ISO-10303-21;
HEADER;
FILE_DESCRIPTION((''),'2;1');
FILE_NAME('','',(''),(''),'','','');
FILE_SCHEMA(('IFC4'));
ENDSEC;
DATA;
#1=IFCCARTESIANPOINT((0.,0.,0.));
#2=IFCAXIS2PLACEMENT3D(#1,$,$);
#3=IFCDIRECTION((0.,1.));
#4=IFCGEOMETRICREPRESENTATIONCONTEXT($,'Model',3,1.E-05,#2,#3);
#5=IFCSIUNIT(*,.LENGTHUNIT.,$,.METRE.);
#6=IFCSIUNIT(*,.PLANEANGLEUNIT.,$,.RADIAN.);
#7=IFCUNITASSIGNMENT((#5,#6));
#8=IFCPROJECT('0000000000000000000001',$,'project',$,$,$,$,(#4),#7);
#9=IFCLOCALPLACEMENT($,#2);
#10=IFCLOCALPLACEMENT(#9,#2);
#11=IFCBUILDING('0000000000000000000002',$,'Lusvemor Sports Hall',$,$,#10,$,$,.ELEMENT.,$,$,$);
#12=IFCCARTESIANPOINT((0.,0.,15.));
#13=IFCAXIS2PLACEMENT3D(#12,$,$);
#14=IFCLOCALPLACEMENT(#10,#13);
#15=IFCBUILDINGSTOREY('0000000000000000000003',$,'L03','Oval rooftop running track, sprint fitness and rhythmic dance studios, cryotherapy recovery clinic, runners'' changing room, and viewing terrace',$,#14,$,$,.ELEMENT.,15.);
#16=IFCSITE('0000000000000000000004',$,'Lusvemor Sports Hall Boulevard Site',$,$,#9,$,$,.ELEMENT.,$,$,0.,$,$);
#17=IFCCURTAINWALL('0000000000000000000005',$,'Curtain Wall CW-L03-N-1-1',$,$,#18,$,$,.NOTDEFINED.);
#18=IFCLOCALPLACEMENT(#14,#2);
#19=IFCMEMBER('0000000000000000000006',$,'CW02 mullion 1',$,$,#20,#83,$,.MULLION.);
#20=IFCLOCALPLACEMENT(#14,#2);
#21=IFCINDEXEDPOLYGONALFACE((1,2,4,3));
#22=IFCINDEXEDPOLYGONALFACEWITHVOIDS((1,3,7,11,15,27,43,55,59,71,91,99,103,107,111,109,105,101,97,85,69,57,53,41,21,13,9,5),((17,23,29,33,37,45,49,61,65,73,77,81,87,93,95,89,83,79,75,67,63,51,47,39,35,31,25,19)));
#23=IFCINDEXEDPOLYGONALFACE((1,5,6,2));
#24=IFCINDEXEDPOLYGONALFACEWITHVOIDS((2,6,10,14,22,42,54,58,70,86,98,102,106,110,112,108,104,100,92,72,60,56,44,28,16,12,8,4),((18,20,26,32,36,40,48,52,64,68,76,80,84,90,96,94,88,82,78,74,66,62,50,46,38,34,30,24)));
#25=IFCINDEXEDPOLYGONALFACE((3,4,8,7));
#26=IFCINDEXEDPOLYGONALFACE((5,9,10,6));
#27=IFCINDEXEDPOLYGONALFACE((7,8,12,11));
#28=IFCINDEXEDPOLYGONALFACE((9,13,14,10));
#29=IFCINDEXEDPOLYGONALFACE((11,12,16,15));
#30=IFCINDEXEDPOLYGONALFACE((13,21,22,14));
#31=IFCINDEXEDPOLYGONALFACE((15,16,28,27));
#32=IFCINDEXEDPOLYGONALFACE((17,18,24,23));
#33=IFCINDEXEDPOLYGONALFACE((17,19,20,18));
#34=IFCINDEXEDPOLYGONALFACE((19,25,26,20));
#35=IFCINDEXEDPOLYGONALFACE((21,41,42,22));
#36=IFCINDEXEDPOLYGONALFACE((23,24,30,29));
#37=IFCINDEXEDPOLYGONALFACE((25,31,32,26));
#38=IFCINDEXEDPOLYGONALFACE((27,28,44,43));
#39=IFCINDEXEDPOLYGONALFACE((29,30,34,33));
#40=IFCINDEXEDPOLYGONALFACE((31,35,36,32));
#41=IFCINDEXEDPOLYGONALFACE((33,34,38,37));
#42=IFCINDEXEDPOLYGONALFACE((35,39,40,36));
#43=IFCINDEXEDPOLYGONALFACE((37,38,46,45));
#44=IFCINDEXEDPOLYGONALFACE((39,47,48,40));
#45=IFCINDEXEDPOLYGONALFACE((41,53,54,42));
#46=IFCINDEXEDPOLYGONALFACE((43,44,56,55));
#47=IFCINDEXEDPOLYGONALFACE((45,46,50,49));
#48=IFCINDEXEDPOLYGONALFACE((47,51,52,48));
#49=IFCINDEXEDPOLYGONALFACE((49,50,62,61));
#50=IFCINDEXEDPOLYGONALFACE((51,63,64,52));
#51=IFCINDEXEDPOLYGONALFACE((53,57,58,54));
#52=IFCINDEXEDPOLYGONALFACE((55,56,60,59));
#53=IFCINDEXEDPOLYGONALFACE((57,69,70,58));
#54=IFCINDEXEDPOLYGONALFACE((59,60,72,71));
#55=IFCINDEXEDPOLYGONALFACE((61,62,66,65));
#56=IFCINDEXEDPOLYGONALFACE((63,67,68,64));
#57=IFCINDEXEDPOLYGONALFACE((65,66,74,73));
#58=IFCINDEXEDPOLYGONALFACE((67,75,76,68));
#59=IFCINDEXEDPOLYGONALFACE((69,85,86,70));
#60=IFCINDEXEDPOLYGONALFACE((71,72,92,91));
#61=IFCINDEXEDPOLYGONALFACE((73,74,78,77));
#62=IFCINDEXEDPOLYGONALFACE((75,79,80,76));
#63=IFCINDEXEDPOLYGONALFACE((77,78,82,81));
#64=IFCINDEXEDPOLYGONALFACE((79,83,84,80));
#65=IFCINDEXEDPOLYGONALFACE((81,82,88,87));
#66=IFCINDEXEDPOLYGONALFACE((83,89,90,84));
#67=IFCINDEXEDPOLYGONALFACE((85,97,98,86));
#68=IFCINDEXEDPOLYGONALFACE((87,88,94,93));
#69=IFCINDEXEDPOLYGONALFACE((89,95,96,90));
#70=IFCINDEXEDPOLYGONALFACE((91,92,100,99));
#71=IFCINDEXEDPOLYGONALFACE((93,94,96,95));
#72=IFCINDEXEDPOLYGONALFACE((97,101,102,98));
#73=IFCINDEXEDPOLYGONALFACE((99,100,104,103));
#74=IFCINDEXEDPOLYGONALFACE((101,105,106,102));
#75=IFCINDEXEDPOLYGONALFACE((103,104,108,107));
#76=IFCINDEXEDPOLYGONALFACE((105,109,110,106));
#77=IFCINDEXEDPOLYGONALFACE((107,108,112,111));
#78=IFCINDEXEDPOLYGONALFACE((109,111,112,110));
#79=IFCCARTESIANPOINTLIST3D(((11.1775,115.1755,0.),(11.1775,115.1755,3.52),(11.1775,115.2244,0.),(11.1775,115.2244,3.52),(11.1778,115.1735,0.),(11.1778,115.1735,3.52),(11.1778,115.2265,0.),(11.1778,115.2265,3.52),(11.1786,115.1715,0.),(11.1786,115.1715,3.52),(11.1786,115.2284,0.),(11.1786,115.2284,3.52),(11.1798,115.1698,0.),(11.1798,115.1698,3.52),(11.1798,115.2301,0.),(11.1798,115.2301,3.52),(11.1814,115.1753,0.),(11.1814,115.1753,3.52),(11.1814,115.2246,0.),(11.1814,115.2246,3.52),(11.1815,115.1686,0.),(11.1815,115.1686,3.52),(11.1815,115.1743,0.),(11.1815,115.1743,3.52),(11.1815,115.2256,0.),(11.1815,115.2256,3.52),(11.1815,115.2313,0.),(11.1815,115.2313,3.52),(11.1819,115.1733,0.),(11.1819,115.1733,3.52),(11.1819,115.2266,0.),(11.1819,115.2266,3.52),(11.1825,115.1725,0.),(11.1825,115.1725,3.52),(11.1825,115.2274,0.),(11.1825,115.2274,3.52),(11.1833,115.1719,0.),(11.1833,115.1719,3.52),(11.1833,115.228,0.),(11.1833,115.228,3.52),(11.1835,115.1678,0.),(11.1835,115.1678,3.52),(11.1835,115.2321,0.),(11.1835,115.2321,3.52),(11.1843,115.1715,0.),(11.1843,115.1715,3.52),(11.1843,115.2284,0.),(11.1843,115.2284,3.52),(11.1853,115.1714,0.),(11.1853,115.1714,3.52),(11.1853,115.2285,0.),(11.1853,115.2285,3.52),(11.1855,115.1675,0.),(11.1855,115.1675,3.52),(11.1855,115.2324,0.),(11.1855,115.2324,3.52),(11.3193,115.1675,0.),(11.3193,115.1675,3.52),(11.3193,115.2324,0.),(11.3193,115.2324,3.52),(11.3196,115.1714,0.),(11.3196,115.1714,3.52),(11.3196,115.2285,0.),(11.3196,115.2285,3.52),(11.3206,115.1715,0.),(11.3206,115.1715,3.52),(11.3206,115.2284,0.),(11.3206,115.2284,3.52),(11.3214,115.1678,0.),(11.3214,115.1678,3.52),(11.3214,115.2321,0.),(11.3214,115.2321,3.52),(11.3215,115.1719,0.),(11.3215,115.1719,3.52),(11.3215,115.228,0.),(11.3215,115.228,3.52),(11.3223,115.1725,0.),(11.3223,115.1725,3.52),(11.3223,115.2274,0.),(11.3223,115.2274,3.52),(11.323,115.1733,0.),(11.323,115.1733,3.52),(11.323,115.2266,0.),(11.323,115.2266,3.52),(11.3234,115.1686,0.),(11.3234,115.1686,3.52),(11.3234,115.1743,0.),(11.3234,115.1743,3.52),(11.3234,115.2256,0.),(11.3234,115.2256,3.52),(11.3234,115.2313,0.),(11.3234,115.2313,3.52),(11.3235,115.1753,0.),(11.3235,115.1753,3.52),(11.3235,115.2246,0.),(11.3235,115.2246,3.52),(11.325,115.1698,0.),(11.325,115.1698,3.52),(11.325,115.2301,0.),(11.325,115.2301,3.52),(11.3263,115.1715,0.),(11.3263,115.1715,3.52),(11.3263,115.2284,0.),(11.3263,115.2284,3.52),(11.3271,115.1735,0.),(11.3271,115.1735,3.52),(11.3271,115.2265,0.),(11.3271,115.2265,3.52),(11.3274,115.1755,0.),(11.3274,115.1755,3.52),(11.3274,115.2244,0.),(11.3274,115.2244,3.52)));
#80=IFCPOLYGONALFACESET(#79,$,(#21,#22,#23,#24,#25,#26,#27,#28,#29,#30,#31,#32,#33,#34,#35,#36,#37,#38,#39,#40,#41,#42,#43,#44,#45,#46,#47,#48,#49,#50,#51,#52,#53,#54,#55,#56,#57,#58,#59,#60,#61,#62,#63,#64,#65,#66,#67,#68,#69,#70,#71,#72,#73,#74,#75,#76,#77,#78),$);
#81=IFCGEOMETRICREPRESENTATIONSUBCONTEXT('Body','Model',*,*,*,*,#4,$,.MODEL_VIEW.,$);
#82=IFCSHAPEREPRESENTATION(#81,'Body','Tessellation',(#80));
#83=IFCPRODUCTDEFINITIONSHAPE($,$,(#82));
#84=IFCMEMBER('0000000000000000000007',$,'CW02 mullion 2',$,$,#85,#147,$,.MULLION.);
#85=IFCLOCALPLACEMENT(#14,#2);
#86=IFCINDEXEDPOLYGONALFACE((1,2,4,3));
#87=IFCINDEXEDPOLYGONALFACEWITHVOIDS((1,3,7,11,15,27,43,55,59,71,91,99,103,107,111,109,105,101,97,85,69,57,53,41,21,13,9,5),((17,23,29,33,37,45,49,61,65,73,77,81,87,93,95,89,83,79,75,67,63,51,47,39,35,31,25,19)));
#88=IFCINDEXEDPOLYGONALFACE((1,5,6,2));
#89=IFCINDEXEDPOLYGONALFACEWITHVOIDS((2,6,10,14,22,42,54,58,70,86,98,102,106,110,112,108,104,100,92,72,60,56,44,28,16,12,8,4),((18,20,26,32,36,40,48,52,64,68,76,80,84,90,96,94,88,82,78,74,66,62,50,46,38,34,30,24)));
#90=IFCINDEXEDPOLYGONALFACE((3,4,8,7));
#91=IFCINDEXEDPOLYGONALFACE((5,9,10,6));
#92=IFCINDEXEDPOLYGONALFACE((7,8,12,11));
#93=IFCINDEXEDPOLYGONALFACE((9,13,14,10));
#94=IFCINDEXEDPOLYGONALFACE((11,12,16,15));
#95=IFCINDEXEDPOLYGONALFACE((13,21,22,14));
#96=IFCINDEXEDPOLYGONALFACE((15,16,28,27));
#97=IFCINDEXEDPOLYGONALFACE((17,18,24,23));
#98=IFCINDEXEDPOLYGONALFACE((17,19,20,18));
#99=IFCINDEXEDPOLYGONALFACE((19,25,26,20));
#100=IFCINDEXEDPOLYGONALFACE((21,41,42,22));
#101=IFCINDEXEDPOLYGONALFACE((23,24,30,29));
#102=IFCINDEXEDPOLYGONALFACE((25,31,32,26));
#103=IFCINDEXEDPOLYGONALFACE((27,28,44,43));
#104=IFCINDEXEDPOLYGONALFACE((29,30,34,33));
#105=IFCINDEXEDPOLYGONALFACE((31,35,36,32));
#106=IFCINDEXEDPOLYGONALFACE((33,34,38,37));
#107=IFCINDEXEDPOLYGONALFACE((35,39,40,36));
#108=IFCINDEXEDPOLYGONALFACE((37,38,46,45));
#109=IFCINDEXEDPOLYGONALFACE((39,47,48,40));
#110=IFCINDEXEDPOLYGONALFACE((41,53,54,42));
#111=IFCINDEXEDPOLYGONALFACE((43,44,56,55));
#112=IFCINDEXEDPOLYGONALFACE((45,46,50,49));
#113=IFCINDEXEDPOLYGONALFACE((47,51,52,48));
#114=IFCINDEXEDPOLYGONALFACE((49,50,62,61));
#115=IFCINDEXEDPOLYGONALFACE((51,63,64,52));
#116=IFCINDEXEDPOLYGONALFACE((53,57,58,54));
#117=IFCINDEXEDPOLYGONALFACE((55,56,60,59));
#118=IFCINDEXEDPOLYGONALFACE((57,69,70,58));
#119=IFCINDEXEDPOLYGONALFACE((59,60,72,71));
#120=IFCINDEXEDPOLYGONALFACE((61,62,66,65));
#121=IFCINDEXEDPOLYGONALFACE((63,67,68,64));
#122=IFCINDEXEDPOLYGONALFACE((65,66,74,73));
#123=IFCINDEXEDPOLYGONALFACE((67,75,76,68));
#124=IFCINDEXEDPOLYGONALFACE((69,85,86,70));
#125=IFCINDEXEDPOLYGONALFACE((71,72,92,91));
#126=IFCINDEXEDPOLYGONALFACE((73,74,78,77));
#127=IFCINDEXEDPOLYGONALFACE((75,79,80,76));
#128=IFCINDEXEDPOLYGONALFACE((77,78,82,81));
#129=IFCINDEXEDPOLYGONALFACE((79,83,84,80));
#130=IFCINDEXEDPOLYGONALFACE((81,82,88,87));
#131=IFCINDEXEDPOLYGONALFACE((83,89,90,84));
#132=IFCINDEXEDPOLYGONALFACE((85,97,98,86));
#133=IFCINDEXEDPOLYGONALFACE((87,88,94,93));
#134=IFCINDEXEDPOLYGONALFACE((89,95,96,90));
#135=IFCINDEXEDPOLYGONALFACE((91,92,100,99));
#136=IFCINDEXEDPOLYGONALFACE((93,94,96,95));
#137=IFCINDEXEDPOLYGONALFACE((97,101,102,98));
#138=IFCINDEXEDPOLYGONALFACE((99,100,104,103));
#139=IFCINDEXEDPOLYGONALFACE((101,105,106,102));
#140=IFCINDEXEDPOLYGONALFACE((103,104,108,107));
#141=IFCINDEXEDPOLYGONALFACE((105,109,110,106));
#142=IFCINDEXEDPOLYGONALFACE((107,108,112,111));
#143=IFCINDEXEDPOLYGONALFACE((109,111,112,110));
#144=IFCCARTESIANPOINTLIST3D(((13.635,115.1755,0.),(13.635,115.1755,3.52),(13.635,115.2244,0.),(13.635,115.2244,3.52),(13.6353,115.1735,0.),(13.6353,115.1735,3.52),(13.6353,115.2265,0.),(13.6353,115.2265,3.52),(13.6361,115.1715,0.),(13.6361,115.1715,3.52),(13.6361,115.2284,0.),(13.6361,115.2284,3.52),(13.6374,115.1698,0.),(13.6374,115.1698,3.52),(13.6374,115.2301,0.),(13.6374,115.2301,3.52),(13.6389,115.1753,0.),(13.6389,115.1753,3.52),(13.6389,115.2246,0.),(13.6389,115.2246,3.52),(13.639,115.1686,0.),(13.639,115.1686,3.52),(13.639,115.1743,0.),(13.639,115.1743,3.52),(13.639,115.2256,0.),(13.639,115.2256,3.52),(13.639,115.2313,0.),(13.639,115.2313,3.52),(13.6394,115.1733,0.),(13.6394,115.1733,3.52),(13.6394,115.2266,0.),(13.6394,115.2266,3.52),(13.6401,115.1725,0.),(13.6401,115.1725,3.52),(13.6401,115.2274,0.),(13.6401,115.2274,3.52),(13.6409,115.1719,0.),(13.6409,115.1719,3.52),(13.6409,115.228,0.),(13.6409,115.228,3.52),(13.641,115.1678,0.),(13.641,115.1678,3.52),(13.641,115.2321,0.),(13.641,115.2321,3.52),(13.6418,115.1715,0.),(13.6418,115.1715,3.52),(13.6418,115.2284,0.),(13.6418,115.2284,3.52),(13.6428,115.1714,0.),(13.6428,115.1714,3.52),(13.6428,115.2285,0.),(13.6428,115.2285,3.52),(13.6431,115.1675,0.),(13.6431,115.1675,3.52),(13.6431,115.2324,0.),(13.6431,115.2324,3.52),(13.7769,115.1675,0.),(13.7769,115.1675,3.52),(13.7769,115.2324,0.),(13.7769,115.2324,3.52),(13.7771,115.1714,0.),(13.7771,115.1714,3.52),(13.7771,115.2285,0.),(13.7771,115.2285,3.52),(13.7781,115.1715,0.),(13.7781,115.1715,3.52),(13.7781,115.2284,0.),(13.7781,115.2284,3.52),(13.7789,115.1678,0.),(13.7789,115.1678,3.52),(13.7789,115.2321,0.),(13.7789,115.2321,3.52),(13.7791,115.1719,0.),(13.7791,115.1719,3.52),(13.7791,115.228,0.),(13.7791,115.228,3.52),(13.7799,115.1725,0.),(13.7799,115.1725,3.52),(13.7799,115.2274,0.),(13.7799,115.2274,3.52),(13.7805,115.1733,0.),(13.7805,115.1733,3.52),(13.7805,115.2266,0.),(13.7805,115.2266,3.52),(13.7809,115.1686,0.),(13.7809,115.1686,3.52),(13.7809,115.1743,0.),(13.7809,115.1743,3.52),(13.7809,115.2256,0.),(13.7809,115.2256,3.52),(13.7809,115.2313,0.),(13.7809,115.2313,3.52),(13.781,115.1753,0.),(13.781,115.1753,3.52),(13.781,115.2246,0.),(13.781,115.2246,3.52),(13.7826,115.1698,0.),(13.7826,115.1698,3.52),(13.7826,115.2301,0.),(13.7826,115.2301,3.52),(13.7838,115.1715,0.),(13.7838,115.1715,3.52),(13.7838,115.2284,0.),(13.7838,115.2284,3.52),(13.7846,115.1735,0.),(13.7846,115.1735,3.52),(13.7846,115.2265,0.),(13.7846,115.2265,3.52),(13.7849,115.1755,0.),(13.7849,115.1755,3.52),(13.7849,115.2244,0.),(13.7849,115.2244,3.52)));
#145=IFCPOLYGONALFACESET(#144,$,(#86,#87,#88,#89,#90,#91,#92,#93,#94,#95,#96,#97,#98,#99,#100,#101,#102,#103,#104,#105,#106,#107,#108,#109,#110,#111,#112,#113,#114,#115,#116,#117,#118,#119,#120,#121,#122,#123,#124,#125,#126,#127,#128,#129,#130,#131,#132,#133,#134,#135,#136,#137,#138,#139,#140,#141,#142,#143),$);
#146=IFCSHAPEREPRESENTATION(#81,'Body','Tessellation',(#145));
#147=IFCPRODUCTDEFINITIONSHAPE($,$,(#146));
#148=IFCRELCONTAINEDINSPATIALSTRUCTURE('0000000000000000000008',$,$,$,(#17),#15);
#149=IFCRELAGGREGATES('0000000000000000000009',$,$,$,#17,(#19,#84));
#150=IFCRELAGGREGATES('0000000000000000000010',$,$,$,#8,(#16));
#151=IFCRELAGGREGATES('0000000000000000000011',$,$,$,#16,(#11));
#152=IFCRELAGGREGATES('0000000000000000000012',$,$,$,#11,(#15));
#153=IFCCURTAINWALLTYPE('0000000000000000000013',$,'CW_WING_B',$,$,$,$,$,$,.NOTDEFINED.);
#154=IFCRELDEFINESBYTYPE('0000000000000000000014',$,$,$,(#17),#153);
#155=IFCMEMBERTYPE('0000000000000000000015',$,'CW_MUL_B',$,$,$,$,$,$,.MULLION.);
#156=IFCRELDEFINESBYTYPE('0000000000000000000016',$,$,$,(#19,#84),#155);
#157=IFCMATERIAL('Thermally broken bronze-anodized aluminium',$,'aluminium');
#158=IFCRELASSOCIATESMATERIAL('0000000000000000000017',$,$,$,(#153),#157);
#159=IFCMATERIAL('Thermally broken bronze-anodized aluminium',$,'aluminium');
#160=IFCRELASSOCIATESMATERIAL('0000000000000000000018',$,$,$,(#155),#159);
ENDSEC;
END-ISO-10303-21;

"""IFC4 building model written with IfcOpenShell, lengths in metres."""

from ifc_helpers import new_model, si_unit, direction, frame, origin, origin_2d, place, context, subcontext, project, spatial, hollow_rectangle, extrude, material, material_profile, profile_set, type_object, element, aggregate, save


model = new_model("IFC4")

# Units and contexts
model_context = context("Model", 3, precision=1e-05, world=origin(), true_north=direction((0.0, 1.0)))
body_context = subcontext(model_context, "Body", "Model", "MODEL_VIEW")
ifc_project = project(units=[si_unit("LENGTHUNIT", "METRE"), si_unit("PLANEANGLEUNIT", "RADIAN")], contexts=[model_context])

# Site, building, storey
site_placement = place(None, origin())
site = spatial("IfcSite", under=ifc_project, at=site_placement, Name="Lusvemor Sports Hall Boulevard Site", CompositionType="ELEMENT", RefElevation=0.0)
building_placement = place(site_placement, origin())
building = spatial("IfcBuilding", under=site, at=building_placement, Name="Lusvemor Sports Hall", CompositionType="ELEMENT")
storey_placement = place(building_placement, frame((0.0, 0.0, 15.0)))
storey = spatial("IfcBuildingStorey", under=building, at=storey_placement, Name="L03", Description="Oval rooftop running track, sprint fitness and rhythmic dance studios, cryotherapy recovery clinic, runners' changing room, and viewing terrace", CompositionType="ELEMENT", Elevation=15.0)

# Curtain wall, members
ifc_material_1 = material(Name="Thermally broken bronze-anodized aluminium", Category="aluminium")
curtain_wall_type = type_object("IfcCurtainWallType", Name="CW_WING_B", PredefinedType="NOTDEFINED", material=ifc_material_1)
curtain_wall_placement = place(storey_placement, origin())
curtain_wall = element("IfcCurtainWall", 1, at=curtain_wall_placement, inside=storey, type_object=curtain_wall_type, Name="Curtain Wall CW-L03-N-1-1", PredefinedType="NOTDEFINED")
ifc_material_2 = material(Name="Thermally broken bronze-anodized aluminium", Category="aluminium")
ifc_material_profile_1 = material_profile(ifc_material_2, hollow_rectangle(XDim=0.0649, YDim=0.1499, WallThickness=0.0039, InnerFilletRadius=0.0039, OuterFilletRadius=0.0081, at=origin_2d()), Name="CWMUL150x65x4")
ifc_profile_set_1 = profile_set([ifc_material_profile_1], Name="Thermally broken bronze-anodized aluminium")
member_type_1 = type_object("IfcMemberType", Name="CW_MUL_B", PredefinedType="MULLION", material=ifc_profile_set_1)
member_1_placement = place(storey_placement, frame((11.2524, 115.2, 0.0), z_axis=(0.0, 0.0, 1.0), x_axis=(0.0, 1.0, 0.0)))
member_1 = element("IfcMember", 2, at=member_1_placement, type_object=member_type_1, Name="CW02 mullion 1", PredefinedType="MULLION", context=body_context, shape_type="SweptSolid", body=[
    extrude(hollow_rectangle(XDim=0.0649, YDim=0.1499, WallThickness=0.0039, InnerFilletRadius=0.0039, OuterFilletRadius=0.0081, at=origin_2d()), origin(), (0.0, 0.0, 1.0), 3.52),
])
member_2_placement = place(storey_placement, frame((13.71, 115.2, 0.0), z_axis=(0.0, 0.0, 1.0), x_axis=(0.0, 1.0, 0.0)))
member_2 = element("IfcMember", 3, at=member_2_placement, type_object=member_type_1, Name="CW02 mullion 2", PredefinedType="MULLION", context=body_context, shape_type="SweptSolid", body=[
    extrude(hollow_rectangle(XDim=0.0649, YDim=0.1499, WallThickness=0.0039, InnerFilletRadius=0.0039, OuterFilletRadius=0.0081, at=origin_2d()), origin(), (0.0, 0.0, 1.0), 3.52),
])

aggregate(curtain_wall, [member_1, member_2])

save(model, "model.ifc")
